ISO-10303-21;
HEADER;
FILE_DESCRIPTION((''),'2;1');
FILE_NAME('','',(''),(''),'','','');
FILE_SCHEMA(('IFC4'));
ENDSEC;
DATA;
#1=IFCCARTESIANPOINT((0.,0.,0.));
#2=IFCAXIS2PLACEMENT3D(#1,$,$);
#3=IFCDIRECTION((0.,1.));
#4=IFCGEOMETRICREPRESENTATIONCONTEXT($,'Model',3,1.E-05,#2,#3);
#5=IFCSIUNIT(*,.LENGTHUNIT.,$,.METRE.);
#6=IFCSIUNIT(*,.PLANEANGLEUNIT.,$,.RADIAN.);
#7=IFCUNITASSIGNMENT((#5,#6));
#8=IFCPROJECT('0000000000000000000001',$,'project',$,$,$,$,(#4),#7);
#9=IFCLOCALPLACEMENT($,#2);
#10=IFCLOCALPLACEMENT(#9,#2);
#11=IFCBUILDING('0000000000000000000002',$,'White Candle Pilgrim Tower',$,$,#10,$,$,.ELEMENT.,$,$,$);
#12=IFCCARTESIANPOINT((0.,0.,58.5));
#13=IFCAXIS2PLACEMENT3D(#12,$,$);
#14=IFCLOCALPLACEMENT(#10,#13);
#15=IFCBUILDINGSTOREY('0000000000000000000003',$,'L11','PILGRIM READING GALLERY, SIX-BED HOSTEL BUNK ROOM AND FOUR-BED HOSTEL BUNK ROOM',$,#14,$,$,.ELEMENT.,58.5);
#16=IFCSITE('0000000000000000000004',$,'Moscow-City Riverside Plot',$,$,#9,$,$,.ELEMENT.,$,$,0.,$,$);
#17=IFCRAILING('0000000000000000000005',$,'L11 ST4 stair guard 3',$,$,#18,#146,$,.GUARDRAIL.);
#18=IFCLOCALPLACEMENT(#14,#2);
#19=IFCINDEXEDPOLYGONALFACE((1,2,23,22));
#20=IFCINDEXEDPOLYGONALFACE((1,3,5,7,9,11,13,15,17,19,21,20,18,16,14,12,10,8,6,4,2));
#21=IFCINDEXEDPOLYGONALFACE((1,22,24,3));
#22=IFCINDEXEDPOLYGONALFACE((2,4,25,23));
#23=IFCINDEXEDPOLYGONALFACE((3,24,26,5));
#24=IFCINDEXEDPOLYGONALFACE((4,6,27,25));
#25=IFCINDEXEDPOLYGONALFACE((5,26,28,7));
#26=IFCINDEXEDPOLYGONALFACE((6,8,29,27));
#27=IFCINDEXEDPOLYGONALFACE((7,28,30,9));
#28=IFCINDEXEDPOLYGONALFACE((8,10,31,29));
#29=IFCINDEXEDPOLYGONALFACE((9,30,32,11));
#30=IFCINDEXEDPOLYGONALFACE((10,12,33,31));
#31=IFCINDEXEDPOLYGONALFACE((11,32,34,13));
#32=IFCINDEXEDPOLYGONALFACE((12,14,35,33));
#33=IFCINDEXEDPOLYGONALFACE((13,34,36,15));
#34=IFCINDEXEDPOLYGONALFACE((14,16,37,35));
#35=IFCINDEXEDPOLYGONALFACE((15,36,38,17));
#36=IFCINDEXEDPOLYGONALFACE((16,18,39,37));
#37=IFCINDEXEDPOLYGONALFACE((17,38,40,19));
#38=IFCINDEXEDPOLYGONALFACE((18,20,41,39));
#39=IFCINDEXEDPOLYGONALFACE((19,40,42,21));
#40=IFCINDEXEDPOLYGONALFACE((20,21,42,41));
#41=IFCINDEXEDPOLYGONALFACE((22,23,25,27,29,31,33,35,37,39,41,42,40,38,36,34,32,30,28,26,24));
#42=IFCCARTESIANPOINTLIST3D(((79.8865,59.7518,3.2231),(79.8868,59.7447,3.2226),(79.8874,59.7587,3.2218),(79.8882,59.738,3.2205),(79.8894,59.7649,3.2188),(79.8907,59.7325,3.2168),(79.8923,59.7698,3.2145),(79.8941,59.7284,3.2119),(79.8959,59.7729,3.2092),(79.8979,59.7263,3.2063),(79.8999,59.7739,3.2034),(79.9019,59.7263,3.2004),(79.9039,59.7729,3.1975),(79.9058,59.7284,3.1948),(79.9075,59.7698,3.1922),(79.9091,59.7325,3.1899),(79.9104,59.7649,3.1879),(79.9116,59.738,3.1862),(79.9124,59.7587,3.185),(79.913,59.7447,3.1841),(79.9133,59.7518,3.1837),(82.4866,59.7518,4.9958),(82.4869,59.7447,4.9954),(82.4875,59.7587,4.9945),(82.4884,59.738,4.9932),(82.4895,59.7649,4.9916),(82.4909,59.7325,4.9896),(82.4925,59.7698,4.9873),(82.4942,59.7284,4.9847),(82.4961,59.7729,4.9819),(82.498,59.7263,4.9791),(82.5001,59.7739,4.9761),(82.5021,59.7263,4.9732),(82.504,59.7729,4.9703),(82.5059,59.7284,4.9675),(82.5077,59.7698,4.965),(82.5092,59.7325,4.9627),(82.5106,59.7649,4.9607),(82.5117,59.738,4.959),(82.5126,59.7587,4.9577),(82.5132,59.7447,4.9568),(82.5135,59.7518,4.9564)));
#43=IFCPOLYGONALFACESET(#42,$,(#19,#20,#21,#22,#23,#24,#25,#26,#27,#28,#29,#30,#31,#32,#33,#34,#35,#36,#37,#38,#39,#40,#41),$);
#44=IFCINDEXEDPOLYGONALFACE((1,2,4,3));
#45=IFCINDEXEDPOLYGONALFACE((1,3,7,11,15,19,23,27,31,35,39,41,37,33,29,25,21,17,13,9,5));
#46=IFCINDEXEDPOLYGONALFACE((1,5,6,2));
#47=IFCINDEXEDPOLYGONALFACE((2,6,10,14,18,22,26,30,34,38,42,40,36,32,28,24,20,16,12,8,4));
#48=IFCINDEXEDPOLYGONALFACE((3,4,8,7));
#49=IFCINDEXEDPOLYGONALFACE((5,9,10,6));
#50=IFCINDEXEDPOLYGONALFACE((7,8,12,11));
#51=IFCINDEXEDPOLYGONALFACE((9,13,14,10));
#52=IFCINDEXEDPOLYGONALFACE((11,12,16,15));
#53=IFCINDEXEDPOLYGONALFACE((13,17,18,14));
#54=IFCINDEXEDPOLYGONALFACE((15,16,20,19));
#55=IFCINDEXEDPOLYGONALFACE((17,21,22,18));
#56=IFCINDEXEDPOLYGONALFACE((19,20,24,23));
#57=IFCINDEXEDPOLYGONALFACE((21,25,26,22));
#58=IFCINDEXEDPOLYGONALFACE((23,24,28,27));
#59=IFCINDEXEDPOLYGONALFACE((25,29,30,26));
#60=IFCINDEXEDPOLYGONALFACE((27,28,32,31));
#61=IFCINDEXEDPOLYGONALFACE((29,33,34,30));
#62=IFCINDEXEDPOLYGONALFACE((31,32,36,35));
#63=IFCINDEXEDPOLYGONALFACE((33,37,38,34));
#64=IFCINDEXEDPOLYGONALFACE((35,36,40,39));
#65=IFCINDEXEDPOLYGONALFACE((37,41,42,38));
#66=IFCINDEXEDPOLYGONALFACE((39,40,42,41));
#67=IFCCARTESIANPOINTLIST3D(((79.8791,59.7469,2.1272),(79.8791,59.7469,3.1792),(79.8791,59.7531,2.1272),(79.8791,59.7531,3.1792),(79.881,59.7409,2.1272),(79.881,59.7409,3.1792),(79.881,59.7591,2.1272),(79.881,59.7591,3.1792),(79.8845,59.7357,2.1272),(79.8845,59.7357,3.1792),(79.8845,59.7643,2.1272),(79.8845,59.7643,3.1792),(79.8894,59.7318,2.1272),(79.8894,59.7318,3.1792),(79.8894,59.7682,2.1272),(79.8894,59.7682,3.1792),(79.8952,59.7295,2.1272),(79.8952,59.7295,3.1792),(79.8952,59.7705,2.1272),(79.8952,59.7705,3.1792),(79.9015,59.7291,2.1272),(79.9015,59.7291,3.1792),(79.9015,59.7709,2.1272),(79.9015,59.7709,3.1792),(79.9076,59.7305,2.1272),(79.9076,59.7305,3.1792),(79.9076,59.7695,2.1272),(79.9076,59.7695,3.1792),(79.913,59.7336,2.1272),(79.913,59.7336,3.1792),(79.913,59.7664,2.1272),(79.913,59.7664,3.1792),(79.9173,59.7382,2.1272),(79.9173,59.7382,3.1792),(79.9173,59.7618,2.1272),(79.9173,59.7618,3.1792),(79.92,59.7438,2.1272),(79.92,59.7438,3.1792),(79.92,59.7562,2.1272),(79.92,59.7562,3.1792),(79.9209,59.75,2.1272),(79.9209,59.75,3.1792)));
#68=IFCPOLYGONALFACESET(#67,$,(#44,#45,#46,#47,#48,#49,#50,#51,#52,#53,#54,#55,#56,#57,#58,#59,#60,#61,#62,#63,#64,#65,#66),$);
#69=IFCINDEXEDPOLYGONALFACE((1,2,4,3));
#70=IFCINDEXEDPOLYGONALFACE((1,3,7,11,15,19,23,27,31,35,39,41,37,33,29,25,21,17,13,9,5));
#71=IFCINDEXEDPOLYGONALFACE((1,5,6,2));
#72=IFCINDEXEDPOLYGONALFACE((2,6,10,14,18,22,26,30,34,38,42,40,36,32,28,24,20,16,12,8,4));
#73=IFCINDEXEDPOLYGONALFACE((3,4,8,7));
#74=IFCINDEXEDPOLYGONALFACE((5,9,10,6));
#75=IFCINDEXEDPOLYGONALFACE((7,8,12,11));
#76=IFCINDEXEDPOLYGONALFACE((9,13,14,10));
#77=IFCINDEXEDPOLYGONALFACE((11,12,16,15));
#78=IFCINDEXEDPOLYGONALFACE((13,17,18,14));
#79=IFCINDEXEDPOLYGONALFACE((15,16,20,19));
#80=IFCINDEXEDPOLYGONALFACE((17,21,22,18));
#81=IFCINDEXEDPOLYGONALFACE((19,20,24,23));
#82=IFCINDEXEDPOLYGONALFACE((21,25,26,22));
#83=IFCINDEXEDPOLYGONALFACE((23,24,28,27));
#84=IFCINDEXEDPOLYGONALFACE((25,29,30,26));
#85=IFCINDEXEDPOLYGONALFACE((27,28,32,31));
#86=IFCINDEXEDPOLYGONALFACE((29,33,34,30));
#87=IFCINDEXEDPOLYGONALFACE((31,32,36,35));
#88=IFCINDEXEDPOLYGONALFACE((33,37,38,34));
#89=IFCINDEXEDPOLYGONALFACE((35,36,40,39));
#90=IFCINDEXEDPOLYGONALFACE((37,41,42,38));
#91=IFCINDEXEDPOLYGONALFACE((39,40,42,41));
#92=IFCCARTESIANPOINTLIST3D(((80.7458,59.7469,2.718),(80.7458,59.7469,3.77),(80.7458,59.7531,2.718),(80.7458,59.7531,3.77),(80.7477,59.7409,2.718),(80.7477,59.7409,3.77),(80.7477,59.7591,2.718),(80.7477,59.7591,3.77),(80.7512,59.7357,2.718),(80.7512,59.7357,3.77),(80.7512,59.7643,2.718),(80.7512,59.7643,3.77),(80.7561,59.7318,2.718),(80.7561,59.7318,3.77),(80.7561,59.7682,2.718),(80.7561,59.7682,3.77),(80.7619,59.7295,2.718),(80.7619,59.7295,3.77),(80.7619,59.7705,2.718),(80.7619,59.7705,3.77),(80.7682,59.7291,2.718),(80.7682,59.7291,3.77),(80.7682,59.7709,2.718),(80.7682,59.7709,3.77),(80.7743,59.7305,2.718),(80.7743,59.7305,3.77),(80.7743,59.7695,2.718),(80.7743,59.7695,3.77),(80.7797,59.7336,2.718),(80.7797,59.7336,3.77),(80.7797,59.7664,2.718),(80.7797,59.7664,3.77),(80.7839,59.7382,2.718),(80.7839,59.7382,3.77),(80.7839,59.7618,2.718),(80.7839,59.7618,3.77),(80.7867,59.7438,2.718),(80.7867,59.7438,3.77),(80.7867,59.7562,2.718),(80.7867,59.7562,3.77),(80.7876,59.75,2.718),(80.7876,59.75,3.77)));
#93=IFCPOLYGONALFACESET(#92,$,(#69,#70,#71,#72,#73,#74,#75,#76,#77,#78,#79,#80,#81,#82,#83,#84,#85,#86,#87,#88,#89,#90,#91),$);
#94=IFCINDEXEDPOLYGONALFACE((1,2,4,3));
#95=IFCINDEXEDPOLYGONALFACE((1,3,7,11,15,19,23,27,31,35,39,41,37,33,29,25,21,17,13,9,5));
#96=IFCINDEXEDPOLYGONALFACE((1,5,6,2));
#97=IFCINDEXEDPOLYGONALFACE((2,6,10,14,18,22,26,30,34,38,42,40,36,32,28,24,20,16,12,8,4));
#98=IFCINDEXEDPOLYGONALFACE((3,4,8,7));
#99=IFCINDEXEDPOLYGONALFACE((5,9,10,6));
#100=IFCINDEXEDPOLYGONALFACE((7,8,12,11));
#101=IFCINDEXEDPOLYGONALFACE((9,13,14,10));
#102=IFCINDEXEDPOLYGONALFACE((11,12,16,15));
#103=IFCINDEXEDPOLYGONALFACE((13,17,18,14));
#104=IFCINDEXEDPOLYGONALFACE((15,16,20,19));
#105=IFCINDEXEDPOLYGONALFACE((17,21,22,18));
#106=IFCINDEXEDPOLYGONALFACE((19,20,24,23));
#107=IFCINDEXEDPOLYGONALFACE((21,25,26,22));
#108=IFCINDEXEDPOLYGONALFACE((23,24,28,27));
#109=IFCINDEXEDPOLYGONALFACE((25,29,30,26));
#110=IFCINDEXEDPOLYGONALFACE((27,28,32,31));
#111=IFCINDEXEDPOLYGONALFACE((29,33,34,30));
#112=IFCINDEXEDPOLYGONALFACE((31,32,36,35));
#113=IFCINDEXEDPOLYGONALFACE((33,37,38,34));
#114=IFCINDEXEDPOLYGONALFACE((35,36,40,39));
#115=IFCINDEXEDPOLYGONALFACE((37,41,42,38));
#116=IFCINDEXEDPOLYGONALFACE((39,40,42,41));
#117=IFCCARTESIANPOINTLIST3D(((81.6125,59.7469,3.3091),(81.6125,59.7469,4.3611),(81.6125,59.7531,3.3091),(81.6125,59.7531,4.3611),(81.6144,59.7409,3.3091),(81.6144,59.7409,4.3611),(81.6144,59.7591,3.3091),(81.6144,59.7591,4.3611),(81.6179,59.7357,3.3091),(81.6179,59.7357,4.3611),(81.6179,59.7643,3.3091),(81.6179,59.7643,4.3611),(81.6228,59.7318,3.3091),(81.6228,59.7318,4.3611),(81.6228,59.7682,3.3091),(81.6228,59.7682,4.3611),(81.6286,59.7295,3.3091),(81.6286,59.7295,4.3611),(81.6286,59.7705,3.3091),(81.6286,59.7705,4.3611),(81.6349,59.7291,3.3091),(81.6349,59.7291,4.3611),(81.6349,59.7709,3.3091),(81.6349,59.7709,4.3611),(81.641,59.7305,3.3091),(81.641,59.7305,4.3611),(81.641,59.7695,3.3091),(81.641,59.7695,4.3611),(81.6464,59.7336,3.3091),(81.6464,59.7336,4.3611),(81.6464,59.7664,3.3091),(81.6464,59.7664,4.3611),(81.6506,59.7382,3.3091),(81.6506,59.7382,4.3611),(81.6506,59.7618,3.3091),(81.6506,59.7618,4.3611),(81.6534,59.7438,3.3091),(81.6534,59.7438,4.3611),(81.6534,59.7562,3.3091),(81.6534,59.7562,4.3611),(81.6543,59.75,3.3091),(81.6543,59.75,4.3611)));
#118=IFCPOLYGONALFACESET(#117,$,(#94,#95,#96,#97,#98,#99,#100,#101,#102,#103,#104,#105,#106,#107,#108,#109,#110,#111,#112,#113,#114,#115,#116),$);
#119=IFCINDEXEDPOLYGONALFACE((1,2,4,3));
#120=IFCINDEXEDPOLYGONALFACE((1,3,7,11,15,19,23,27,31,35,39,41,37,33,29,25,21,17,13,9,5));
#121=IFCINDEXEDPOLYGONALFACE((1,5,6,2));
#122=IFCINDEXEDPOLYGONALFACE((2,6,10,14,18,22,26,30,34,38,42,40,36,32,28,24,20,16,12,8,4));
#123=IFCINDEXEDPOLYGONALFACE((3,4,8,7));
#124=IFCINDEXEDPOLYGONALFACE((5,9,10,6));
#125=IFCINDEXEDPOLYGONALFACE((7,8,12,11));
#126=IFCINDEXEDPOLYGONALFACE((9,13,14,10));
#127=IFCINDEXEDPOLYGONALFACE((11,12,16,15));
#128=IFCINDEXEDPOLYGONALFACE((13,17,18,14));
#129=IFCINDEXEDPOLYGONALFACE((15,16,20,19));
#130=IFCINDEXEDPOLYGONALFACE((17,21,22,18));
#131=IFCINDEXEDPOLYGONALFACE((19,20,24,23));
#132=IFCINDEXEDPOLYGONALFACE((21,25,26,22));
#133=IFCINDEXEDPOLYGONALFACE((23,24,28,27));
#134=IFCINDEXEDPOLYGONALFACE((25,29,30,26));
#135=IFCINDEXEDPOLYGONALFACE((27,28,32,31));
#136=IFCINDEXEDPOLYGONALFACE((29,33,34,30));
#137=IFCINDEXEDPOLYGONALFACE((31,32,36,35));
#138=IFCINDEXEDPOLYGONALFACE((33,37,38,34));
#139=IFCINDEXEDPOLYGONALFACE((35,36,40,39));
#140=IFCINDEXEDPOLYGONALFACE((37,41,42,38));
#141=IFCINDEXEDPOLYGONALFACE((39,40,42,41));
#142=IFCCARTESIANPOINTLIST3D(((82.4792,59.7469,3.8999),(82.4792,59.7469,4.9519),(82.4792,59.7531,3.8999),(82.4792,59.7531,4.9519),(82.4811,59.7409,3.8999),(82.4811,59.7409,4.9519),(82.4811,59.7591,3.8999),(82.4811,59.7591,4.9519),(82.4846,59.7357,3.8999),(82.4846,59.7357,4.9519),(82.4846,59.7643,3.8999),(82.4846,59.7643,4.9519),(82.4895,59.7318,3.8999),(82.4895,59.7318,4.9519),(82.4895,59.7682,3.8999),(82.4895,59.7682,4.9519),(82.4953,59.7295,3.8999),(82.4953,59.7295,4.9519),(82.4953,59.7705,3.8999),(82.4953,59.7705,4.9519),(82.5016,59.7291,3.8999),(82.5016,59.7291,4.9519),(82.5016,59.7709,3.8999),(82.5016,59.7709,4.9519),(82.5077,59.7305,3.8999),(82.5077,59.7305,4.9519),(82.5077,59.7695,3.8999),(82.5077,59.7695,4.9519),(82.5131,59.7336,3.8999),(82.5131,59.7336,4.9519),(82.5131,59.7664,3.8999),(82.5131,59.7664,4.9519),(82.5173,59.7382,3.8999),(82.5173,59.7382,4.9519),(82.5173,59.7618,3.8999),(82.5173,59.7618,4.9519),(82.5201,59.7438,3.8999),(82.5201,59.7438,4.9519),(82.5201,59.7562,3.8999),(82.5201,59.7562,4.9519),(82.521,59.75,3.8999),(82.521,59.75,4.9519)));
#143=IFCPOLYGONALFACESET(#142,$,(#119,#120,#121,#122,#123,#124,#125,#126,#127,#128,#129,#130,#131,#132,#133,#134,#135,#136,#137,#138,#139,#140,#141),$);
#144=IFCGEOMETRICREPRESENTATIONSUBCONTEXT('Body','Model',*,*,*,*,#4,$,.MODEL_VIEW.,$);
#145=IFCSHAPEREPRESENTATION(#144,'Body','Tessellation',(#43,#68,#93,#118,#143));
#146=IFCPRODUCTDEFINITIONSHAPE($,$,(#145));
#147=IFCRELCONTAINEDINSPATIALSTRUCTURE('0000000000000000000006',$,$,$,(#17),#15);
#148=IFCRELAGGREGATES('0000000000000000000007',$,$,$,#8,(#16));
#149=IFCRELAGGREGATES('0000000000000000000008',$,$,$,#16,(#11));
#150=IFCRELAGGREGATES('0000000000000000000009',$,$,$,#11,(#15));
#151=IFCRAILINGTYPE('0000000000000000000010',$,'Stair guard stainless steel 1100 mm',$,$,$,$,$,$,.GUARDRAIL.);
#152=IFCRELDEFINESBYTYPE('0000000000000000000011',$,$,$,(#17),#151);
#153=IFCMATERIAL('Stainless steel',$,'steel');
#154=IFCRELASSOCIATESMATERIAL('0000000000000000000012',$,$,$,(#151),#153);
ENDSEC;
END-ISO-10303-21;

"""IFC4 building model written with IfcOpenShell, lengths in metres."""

from ifc_helpers import new_model, si_unit, direction, frame, origin, origin_2d, place, context, subcontext, project, spatial, circle, extrude, material, type_object, element, save


model = new_model("IFC4")

# Units and contexts
model_context = context("Model", 3, precision=1e-05, world=origin(), true_north=direction((0.0, 1.0)))
body_context = subcontext(model_context, "Body", "Model", "MODEL_VIEW")
ifc_project = project(units=[si_unit("LENGTHUNIT", "METRE"), si_unit("PLANEANGLEUNIT", "RADIAN")], contexts=[model_context])

# Site, building, storey
site_placement = place(None, origin())
site = spatial("IfcSite", under=ifc_project, at=site_placement, Name="Moscow-City Riverside Plot", CompositionType="ELEMENT", RefElevation=0.0)
building_placement = place(site_placement, origin())
building = spatial("IfcBuilding", under=site, at=building_placement, Name="White Candle Pilgrim Tower", CompositionType="ELEMENT")
storey_placement = place(building_placement, frame((0.0, 0.0, 58.5)))
storey = spatial("IfcBuildingStorey", under=building, at=storey_placement, Name="L11", Description="PILGRIM READING GALLERY, SIX-BED HOSTEL BUNK ROOM AND FOUR-BED HOSTEL BUNK ROOM", CompositionType="ELEMENT", Elevation=58.5)

# Railing
ifc_material_1 = material(Name="Stainless steel", Category="steel")
railing_type_1 = type_object("IfcRailingType", Name="Stair guard stainless steel 1100 mm", PredefinedType="GUARDRAIL", material=ifc_material_1)
railing_1_placement = place(storey_placement, frame((79.8999, 59.75, 2.1272)))
element("IfcRailing", 1, at=railing_1_placement, inside=storey, type_object=railing_type_1, Name="L11 ST4 stair guard 3", PredefinedType="GUARDRAIL", context=body_context, shape_type="SweptSolid", body=[
    extrude(circle(Radius=0.0239, at=origin_2d()), frame((0.0, 0.0, 1.0762), z_axis=(0.82624, 0.0, 0.563318), x_axis=(0.0, 1.0, 0.0)), (0.0, 0.0, 1.0), 3.147),
    extrude(circle(Radius=0.021, at=origin_2d()), origin(), (0.0, 0.0, 1.0), 1.052),
    extrude(circle(Radius=0.021, at=origin_2d()), frame((0.8667, 0.0, 0.5908)), (0.0, 0.0, 1.0), 1.052),
    extrude(circle(Radius=0.021, at=origin_2d()), frame((1.7334, 0.0, 1.1819)), (0.0, 0.0, 1.0), 1.052),
    extrude(circle(Radius=0.021, at=origin_2d()), frame((2.6001, 0.0, 1.7727)), (0.0, 0.0, 1.0), 1.052),
])

save(model, "model.ifc")
